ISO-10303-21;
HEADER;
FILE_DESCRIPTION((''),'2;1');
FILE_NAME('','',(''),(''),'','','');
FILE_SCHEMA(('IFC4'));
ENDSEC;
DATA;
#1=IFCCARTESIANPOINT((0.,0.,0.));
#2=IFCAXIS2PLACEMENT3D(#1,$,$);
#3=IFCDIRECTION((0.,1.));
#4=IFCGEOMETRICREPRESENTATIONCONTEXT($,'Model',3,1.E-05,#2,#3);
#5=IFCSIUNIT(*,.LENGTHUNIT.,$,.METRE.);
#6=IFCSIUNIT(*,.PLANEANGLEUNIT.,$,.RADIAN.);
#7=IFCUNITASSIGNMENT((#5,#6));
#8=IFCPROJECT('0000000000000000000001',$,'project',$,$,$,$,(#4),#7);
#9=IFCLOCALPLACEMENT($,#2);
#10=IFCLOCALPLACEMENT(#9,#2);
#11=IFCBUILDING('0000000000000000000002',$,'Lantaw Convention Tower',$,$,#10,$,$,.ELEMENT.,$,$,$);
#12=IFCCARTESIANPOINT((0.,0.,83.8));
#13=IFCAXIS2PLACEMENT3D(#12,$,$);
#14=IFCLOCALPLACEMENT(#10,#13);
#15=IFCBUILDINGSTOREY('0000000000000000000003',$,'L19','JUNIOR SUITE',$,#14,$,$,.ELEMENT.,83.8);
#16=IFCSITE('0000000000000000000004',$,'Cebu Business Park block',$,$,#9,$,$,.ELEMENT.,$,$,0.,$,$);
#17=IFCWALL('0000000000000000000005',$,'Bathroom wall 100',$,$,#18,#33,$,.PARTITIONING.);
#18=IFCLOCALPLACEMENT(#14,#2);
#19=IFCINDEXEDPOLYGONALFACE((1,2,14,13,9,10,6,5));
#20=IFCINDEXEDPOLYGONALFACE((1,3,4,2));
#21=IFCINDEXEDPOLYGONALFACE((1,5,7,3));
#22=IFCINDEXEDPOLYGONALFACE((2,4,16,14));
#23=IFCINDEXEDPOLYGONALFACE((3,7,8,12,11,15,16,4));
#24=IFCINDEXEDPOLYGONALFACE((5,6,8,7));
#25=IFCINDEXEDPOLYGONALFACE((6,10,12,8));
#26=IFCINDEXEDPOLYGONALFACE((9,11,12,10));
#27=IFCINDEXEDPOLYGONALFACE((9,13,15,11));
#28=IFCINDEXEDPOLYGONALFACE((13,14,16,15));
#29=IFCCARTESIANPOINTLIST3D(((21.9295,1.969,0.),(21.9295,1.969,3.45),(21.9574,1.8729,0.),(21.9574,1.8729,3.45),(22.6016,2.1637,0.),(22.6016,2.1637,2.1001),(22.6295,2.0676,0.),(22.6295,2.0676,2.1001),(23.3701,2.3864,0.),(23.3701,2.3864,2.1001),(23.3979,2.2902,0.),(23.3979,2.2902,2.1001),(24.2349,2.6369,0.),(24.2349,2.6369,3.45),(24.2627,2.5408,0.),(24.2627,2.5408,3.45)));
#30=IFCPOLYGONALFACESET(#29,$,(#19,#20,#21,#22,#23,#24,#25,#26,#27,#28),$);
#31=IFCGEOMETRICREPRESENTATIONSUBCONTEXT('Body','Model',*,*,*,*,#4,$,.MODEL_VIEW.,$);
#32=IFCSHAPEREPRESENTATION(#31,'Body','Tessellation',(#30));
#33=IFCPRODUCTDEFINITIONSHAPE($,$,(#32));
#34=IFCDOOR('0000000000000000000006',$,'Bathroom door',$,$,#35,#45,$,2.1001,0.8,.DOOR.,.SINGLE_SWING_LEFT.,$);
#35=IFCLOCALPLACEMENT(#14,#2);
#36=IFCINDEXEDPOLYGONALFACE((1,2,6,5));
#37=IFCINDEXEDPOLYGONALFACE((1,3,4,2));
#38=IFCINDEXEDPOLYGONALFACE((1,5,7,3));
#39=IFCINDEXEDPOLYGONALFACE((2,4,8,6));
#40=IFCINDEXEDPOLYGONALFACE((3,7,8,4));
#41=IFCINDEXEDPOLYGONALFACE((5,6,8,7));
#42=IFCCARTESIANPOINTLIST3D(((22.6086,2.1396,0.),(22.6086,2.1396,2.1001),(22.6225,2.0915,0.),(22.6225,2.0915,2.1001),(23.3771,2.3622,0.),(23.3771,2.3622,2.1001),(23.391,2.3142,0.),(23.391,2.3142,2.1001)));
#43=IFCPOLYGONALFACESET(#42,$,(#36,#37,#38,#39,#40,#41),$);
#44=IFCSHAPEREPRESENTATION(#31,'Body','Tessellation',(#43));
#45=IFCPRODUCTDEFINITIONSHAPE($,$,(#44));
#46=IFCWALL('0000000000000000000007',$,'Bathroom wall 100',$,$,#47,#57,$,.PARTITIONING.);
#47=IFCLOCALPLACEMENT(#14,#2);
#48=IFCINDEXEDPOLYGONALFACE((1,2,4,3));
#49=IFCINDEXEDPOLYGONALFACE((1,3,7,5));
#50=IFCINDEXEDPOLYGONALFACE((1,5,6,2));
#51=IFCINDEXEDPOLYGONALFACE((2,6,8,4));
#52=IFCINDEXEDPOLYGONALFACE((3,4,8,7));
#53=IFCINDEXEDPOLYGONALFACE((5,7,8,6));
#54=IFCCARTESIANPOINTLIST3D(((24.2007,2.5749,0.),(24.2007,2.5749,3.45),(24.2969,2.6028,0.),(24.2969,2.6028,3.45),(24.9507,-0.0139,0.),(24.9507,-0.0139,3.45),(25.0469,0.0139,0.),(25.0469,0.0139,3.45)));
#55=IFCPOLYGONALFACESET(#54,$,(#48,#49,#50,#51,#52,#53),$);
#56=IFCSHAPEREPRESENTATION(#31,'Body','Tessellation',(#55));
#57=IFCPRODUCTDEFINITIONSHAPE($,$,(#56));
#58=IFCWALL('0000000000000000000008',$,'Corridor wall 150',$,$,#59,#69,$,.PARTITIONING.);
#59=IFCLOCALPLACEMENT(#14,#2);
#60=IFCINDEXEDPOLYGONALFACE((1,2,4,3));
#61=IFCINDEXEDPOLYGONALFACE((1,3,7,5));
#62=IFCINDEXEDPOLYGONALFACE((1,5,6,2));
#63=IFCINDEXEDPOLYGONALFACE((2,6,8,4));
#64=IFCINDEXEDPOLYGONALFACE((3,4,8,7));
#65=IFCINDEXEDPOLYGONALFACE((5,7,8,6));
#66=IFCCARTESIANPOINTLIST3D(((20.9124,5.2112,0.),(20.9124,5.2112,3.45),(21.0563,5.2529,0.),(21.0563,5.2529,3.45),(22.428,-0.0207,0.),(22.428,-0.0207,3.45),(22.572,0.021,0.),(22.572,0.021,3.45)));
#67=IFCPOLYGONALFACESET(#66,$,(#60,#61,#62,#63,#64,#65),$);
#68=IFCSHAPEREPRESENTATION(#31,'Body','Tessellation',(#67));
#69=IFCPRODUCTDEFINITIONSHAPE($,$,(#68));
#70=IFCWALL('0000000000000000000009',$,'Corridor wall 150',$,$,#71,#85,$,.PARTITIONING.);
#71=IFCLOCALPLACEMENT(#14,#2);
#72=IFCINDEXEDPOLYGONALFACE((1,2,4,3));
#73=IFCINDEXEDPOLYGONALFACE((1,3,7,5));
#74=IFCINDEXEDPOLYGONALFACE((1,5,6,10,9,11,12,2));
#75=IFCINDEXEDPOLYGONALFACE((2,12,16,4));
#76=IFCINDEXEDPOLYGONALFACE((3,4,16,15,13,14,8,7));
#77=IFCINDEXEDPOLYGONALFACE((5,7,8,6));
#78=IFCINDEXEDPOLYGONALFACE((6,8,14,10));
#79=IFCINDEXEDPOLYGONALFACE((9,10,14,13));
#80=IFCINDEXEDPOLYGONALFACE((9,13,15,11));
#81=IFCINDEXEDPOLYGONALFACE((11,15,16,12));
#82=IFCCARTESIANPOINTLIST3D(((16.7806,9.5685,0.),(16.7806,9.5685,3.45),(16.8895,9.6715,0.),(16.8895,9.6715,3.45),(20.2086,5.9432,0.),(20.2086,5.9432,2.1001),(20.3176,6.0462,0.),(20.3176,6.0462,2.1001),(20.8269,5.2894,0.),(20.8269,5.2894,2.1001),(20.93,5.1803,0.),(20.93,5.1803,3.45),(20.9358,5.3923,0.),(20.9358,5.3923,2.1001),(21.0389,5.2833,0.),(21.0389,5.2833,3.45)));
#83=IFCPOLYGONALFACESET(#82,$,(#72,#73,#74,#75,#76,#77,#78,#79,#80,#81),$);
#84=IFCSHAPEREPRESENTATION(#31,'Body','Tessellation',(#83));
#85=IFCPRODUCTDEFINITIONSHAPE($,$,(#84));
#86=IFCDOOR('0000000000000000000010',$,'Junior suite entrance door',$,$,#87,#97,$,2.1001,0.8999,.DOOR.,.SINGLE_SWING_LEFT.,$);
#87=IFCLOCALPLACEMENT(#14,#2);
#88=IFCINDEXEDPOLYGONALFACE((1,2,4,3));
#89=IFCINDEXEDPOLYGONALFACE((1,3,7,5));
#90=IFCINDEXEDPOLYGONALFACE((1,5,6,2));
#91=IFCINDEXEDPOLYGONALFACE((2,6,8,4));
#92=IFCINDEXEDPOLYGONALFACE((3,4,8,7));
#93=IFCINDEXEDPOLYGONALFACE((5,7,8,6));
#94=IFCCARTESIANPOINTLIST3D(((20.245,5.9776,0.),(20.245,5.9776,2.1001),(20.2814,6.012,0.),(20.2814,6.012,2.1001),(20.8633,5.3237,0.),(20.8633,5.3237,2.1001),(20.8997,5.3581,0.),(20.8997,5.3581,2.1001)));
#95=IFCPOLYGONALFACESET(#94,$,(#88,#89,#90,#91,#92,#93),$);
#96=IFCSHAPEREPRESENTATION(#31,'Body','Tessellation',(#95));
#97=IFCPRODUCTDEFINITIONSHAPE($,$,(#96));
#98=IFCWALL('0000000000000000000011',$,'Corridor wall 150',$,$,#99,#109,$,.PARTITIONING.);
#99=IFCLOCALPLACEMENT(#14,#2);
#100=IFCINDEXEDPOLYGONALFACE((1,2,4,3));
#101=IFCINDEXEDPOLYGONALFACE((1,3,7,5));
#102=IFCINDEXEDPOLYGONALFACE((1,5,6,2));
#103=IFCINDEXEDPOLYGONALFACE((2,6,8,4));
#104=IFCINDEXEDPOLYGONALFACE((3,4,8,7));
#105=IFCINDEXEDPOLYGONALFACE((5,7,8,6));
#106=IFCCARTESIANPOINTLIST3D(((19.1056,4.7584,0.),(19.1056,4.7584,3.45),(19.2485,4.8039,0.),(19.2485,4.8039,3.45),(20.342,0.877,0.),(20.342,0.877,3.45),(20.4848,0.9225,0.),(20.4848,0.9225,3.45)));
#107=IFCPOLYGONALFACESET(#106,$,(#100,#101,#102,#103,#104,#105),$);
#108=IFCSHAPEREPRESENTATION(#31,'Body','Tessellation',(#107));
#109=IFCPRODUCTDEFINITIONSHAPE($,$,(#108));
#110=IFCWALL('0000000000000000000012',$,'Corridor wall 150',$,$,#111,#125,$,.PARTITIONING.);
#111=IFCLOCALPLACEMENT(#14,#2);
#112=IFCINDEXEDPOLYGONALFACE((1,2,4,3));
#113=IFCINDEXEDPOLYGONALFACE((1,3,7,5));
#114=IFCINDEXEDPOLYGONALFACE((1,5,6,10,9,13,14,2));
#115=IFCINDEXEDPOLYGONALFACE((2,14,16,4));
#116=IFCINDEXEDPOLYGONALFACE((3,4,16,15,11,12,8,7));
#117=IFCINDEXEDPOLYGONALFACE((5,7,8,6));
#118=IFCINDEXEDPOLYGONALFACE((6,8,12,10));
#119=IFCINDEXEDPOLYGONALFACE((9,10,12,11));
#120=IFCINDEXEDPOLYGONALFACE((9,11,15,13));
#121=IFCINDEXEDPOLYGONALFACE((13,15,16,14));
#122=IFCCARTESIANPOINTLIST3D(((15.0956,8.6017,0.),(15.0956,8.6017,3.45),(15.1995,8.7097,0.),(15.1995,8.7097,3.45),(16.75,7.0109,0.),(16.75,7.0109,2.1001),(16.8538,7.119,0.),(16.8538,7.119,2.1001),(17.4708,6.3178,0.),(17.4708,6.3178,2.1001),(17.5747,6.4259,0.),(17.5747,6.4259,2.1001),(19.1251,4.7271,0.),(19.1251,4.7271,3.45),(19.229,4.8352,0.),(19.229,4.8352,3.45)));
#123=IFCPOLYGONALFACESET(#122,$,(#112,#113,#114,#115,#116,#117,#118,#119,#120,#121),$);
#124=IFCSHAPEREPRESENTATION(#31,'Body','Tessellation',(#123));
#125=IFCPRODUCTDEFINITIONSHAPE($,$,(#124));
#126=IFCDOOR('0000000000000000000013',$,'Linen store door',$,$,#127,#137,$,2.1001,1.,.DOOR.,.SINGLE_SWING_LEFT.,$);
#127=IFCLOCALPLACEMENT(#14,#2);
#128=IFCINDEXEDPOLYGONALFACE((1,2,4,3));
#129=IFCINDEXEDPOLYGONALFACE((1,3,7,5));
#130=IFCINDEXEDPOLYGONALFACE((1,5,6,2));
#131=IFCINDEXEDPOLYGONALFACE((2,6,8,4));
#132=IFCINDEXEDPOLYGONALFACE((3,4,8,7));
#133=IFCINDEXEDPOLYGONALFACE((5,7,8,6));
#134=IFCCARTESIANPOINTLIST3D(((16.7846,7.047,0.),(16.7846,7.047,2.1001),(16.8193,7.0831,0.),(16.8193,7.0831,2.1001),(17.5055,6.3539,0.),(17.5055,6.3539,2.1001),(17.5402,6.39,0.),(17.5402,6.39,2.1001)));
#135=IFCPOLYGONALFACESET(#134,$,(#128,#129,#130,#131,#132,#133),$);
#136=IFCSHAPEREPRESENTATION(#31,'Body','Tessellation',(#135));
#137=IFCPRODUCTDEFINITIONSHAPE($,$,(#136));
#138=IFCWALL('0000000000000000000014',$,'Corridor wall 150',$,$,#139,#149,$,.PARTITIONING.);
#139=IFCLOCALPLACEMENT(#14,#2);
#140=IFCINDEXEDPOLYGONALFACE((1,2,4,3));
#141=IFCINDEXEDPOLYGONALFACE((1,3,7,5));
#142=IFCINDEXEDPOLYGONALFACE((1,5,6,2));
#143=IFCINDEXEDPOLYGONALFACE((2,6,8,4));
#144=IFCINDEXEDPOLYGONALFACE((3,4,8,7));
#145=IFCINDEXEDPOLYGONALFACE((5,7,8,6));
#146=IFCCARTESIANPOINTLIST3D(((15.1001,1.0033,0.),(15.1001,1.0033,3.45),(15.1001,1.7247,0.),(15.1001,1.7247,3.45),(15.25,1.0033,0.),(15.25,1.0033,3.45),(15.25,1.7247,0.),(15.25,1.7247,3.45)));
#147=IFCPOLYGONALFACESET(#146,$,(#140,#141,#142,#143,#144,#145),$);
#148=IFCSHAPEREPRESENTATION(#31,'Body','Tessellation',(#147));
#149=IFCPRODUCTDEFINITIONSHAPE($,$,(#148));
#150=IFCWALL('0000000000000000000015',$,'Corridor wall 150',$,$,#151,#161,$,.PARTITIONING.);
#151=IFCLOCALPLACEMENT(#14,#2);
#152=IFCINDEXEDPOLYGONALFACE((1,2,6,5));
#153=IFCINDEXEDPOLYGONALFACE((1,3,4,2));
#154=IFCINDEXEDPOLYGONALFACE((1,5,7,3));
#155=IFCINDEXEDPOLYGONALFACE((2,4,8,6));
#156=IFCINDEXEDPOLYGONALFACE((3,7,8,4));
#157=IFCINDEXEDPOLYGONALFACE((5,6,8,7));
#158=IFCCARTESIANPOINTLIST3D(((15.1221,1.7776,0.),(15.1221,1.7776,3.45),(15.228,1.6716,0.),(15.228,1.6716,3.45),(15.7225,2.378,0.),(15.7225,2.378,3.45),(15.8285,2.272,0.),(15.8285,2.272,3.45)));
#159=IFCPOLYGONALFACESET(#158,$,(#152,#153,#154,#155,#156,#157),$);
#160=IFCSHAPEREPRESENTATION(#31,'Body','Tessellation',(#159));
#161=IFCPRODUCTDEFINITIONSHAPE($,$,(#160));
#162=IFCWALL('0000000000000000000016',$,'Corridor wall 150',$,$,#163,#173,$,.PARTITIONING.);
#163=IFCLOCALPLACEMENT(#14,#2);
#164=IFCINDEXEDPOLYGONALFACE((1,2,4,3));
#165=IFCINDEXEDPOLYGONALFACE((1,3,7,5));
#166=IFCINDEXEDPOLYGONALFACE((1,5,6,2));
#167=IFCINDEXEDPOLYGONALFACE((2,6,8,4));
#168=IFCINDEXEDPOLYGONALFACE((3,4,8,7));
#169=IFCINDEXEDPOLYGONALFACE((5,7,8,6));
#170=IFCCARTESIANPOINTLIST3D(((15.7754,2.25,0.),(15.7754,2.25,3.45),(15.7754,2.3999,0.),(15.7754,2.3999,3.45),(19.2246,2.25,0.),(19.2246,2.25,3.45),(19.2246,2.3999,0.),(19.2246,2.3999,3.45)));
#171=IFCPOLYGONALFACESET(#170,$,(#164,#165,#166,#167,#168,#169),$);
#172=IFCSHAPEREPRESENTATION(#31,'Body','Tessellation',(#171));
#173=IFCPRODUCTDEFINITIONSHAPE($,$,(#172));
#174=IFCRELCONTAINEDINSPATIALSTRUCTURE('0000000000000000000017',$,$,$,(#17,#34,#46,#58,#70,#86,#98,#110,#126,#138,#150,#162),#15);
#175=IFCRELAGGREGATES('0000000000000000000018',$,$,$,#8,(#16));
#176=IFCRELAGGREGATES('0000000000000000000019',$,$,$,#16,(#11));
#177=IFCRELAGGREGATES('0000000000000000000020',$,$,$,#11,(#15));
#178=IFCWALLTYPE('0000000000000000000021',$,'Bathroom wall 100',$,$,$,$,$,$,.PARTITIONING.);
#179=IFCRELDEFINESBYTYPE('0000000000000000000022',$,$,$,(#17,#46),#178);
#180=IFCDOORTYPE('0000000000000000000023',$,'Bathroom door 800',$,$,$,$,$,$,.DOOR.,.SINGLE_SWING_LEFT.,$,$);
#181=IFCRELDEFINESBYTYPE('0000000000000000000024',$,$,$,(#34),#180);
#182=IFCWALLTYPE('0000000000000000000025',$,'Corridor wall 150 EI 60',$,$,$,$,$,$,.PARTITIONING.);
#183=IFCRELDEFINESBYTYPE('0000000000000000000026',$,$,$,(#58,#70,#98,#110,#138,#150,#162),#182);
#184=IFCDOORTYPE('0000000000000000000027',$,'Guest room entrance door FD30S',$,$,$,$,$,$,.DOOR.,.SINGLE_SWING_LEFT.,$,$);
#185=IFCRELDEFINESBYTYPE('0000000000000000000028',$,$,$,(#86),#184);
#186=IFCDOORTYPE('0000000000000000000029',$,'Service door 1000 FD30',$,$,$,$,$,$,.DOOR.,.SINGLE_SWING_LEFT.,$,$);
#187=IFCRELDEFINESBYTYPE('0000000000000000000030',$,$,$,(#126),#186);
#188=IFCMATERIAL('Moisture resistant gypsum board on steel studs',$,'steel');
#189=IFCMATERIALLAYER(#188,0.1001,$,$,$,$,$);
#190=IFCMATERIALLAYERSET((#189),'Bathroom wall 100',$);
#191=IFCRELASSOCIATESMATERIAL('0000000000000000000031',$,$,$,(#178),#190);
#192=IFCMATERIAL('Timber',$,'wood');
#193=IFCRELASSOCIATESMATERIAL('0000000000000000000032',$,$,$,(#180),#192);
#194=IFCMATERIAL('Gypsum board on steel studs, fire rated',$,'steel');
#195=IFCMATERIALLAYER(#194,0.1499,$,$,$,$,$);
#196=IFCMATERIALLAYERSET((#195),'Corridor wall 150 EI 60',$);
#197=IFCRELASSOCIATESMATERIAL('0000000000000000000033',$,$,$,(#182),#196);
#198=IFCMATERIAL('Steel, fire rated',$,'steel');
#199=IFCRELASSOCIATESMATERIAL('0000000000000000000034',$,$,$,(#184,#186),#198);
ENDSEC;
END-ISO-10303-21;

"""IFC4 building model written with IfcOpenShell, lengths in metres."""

from ifc_helpers import new_model, si_unit, direction, frame, frame_2d, origin, place, context, subcontext, project, spatial, rectangle, extrude, material, layer, layer_set, type_object, element, fill, save


model = new_model("IFC4")

# Units and contexts
model_context = context("Model", 3, precision=1e-05, world=origin(), true_north=direction((0.0, 1.0)))
body_context = subcontext(model_context, "Body", "Model", "MODEL_VIEW")
ifc_project = project(units=[si_unit("LENGTHUNIT", "METRE"), si_unit("PLANEANGLEUNIT", "RADIAN")], contexts=[model_context])

# Site, building, storey
site_placement = place(None, origin())
site = spatial("IfcSite", under=ifc_project, at=site_placement, Name="Cebu Business Park block", CompositionType="ELEMENT", RefElevation=0.0)
building_placement = place(site_placement, origin())
building = spatial("IfcBuilding", under=site, at=building_placement, Name="Lantaw Convention Tower", CompositionType="ELEMENT")
storey_placement = place(building_placement, frame((0.0, 0.0, 83.8)))
storey = spatial("IfcBuildingStorey", under=building, at=storey_placement, Name="L19", Description="JUNIOR SUITE", CompositionType="ELEMENT", Elevation=83.8)

# Wall, opening, door
ifc_material_1 = material(Name="Moisture resistant gypsum board on steel studs", Category="steel")
ifc_layer_1 = layer(ifc_material_1, 0.1001)
ifc_layer_set_1 = layer_set([ifc_layer_1], Name="Bathroom wall 100")
wall_type_1 = type_object("IfcWallType", Name="Bathroom wall 100", PredefinedType="PARTITIONING", material=ifc_layer_set_1)
wall_1_placement = place(storey_placement, frame((21.9434, 1.9209, 0.0), z_axis=(0.0, 0.0, 1.0), x_axis=(0.960496, 0.278293, 0.0)))
wall_1 = element("IfcWall", 1, at=wall_1_placement, inside=storey, type_object=wall_type_1, Name="Bathroom wall 100", PredefinedType="PARTITIONING", context=body_context, shape_type="SweptSolid", body=[
    extrude(rectangle(XDim=2.4001, YDim=0.1001, at=frame_2d((1.2002, 0.0))), origin(), (0.0, 0.0, 1.0), 3.45),
])
opening_1_placement = place(wall_1_placement, frame((0.7, 0.0, 0.0)))
opening_1 = element("IfcOpeningElement", 2, at=opening_1_placement, cuts=wall_1, PredefinedType="OPENING", context=body_context, shape_type="SweptSolid", body=[
    extrude(rectangle(XDim=0.8, YDim=2.1001, at=frame_2d((0.3999, 1.05))), frame((0.0, 0.0601, 0.0), z_axis=(0.0, -1.0, 0.0), x_axis=(1.0, 0.0, 0.0)), (0.0, 0.0, 1.0), 0.1201),
])
ifc_material_2 = material(Name="Timber", Category="wood")
door_type_1 = type_object("IfcDoorType", Name="Bathroom door 800", OperationType="SINGLE_SWING_LEFT", PredefinedType="DOOR", material=ifc_material_2)
door_1_placement = place(opening_1_placement, origin())
door_1 = element("IfcDoor", 3, at=door_1_placement, inside=storey, type_object=door_type_1, Name="Bathroom door", OperationType="SINGLE_SWING_LEFT", OverallHeight=2.1001, OverallWidth=0.8, PredefinedType="DOOR", context=body_context, shape_type="SweptSolid", body=[
    extrude(rectangle(XDim=0.8, YDim=2.1001, at=frame_2d((0.3999, 1.05))), frame((0.0, 0.0249, 0.0), z_axis=(0.0, -1.0, 0.0), x_axis=(1.0, 0.0, 0.0)), (0.0, 0.0, 1.0), 0.05),
])
fill(opening_1, door_1)

# Walls
wall_2_placement = place(storey_placement, frame((24.2488, 2.5889, 0.0), z_axis=(0.0, 0.0, 1.0), x_axis=(0.27826, -0.960506, 0.0)))
element("IfcWall", 4, at=wall_2_placement, inside=storey, type_object=wall_type_1, Name="Bathroom wall 100", PredefinedType="PARTITIONING", context=body_context, shape_type="SweptSolid", body=[
    extrude(rectangle(XDim=2.6953, YDim=0.1001, at=frame_2d((1.3477, 0.0))), origin(), (0.0, 0.0, 1.0), 3.45),
])
ifc_material_3 = material(Name="Gypsum board on steel studs, fire rated", Category="steel")
ifc_layer_2 = layer(ifc_material_3, 0.1499)
ifc_layer_set_2 = layer_set([ifc_layer_2], Name="Corridor wall 150 EI 60")
wall_type_2 = type_object("IfcWallType", Name="Corridor wall 150 EI 60", PredefinedType="PARTITIONING", material=ifc_layer_set_2)
wall_3_placement = place(storey_placement, frame((22.5, 0.0, 0.0), z_axis=(0.0, 0.0, 1.0), x_axis=(-0.278247, 0.960509, 0.0)))
element("IfcWall", 5, at=wall_3_placement, inside=storey, type_object=wall_type_2, Name="Corridor wall 150", PredefinedType="PARTITIONING", context=body_context, shape_type="SweptSolid", body=[
    extrude(rectangle(XDim=5.447, YDim=0.1499, at=frame_2d((2.7236, 0.0))), origin(), (0.0, 0.0, 1.0), 3.45),
])

# Wall, opening, door
wall_4_placement = place(storey_placement, frame((20.9844, 5.2319, 0.0), z_axis=(0.0, 0.0, 1.0), x_axis=(-0.687063, 0.726598, 0.0)))
wall_4 = element("IfcWall", 6, at=wall_4_placement, inside=storey, type_object=wall_type_2, Name="Corridor wall 150", PredefinedType="PARTITIONING", context=body_context, shape_type="SweptSolid", body=[
    extrude(rectangle(XDim=6.0393, YDim=0.1499, at=frame_2d((3.0195, 0.0))), origin(), (0.0, 0.0, 1.0), 3.45),
])
opening_2_placement = place(wall_4_placement, frame((0.1499, 0.0, 0.0)))
opening_2 = element("IfcOpeningElement", 7, at=opening_2_placement, cuts=wall_4, PredefinedType="OPENING", context=body_context, shape_type="SweptSolid", body=[
    extrude(rectangle(XDim=0.8999, YDim=2.1001, at=frame_2d((0.45, 1.05))), frame((0.0, 0.085, 0.0), z_axis=(0.0, -1.0, 0.0), x_axis=(1.0, 0.0, 0.0)), (0.0, 0.0, 1.0), 0.1699),
])
ifc_material_4 = material(Name="Steel, fire rated", Category="steel")
door_type_2 = type_object("IfcDoorType", Name="Guest room entrance door FD30S", OperationType="SINGLE_SWING_LEFT", PredefinedType="DOOR", material=ifc_material_4)
door_2_placement = place(opening_2_placement, origin())
door_2 = element("IfcDoor", 8, at=door_2_placement, inside=storey, type_object=door_type_2, Name="Junior suite entrance door", OperationType="SINGLE_SWING_LEFT", OverallHeight=2.1001, OverallWidth=0.8999, PredefinedType="DOOR", context=body_context, shape_type="SweptSolid", body=[
    extrude(rectangle(XDim=0.8999, YDim=2.1001, at=frame_2d((0.45, 1.05))), frame((0.0, 0.0249, 0.0), z_axis=(0.0, -1.0, 0.0), x_axis=(1.0, 0.0, 0.0)), (0.0, 0.0, 1.0), 0.05),
])
fill(opening_2, door_2)

# Wall
wall_5_placement = place(storey_placement, frame((20.4133, 0.8999, 0.0), z_axis=(0.0, 0.0, 1.0), x_axis=(-0.303505, 0.95283, 0.0)))
element("IfcWall", 9, at=wall_5_placement, inside=storey, type_object=wall_type_2, Name="Corridor wall 150", PredefinedType="PARTITIONING", context=body_context, shape_type="SweptSolid", body=[
    extrude(rectangle(XDim=4.0735, YDim=0.1499, at=frame_2d((2.0366, 0.0))), origin(), (0.0, 0.0, 1.0), 3.45),
])

# Wall, opening, door
wall_6_placement = place(storey_placement, frame((19.177, 4.7812, 0.0), z_axis=(0.0, 0.0, 1.0), x_axis=(-0.720837, 0.693104, 0.0)))
wall_6 = element("IfcWall", 10, at=wall_6_placement, inside=storey, type_object=wall_type_2, Name="Corridor wall 150", PredefinedType="PARTITIONING", context=body_context, shape_type="SweptSolid", body=[
    extrude(rectangle(XDim=5.5901, YDim=0.1499, at=frame_2d((2.7949, 0.0))), origin(), (0.0, 0.0, 1.0), 3.45),
])
opening_3_placement = place(wall_6_placement, frame((2.2949, 0.0, 0.0)))
opening_3 = element("IfcOpeningElement", 11, at=opening_3_placement, cuts=wall_6, PredefinedType="OPENING", context=body_context, shape_type="SweptSolid", body=[
    extrude(rectangle(XDim=1.0, YDim=2.1001, at=frame_2d((0.5, 1.05))), frame((0.0, 0.085, 0.0), z_axis=(0.0, -1.0, 0.0), x_axis=(1.0, 0.0, 0.0)), (0.0, 0.0, 1.0), 0.1699),
])
door_type_3 = type_object("IfcDoorType", Name="Service door 1000 FD30", OperationType="SINGLE_SWING_LEFT", PredefinedType="DOOR", material=ifc_material_4)
door_3_placement = place(opening_3_placement, origin())
door_3 = element("IfcDoor", 12, at=door_3_placement, inside=storey, type_object=door_type_3, Name="Linen store door", OperationType="SINGLE_SWING_LEFT", OverallHeight=2.1001, OverallWidth=1.0, PredefinedType="DOOR", context=body_context, shape_type="SweptSolid", body=[
    extrude(rectangle(XDim=1.0, YDim=2.1001, at=frame_2d((0.5, 1.05))), frame((0.0, 0.0249, 0.0), z_axis=(0.0, -1.0, 0.0), x_axis=(1.0, 0.0, 0.0)), (0.0, 0.0, 1.0), 0.05),
])
fill(opening_3, door_3)

# Walls
wall_7_placement = place(storey_placement, frame((15.175, 1.0032, 0.0), z_axis=(0.0, 0.0, 1.0), x_axis=(0.0, 1.0, 0.0)))
element("IfcWall", 13, at=wall_7_placement, inside=storey, type_object=wall_type_2, Name="Corridor wall 150", PredefinedType="PARTITIONING", context=body_context, shape_type="SweptSolid", body=[
    extrude(rectangle(XDim=0.7214, YDim=0.1499, at=frame_2d((0.3608, 0.0))), origin(), (0.0, 0.0, 1.0), 3.45),
])
wall_8_placement = place(storey_placement, frame((15.175, 1.7246, 0.0), z_axis=(0.0, 0.0, 1.0), x_axis=(0.707107, 0.707107, 0.0)))
element("IfcWall", 14, at=wall_8_placement, inside=storey, type_object=wall_type_2, Name="Corridor wall 150", PredefinedType="PARTITIONING", context=body_context, shape_type="SweptSolid", body=[
    extrude(rectangle(XDim=0.8491, YDim=0.1499, at=frame_2d((0.4246, 0.0))), origin(), (0.0, 0.0, 1.0), 3.45),
])
wall_9_placement = place(storey_placement, frame((15.7754, 2.325, 0.0), z_axis=(0.0, 0.0, 1.0), x_axis=(1.0, 0.0, 0.0)))
element("IfcWall", 15, at=wall_9_placement, inside=storey, type_object=wall_type_2, Name="Corridor wall 150", PredefinedType="PARTITIONING", context=body_context, shape_type="SweptSolid", body=[
    extrude(rectangle(XDim=3.4492, YDim=0.1499, at=frame_2d((1.7246, 0.0))), origin(), (0.0, 0.0, 1.0), 3.45),
])

save(model, "model.ifc")
